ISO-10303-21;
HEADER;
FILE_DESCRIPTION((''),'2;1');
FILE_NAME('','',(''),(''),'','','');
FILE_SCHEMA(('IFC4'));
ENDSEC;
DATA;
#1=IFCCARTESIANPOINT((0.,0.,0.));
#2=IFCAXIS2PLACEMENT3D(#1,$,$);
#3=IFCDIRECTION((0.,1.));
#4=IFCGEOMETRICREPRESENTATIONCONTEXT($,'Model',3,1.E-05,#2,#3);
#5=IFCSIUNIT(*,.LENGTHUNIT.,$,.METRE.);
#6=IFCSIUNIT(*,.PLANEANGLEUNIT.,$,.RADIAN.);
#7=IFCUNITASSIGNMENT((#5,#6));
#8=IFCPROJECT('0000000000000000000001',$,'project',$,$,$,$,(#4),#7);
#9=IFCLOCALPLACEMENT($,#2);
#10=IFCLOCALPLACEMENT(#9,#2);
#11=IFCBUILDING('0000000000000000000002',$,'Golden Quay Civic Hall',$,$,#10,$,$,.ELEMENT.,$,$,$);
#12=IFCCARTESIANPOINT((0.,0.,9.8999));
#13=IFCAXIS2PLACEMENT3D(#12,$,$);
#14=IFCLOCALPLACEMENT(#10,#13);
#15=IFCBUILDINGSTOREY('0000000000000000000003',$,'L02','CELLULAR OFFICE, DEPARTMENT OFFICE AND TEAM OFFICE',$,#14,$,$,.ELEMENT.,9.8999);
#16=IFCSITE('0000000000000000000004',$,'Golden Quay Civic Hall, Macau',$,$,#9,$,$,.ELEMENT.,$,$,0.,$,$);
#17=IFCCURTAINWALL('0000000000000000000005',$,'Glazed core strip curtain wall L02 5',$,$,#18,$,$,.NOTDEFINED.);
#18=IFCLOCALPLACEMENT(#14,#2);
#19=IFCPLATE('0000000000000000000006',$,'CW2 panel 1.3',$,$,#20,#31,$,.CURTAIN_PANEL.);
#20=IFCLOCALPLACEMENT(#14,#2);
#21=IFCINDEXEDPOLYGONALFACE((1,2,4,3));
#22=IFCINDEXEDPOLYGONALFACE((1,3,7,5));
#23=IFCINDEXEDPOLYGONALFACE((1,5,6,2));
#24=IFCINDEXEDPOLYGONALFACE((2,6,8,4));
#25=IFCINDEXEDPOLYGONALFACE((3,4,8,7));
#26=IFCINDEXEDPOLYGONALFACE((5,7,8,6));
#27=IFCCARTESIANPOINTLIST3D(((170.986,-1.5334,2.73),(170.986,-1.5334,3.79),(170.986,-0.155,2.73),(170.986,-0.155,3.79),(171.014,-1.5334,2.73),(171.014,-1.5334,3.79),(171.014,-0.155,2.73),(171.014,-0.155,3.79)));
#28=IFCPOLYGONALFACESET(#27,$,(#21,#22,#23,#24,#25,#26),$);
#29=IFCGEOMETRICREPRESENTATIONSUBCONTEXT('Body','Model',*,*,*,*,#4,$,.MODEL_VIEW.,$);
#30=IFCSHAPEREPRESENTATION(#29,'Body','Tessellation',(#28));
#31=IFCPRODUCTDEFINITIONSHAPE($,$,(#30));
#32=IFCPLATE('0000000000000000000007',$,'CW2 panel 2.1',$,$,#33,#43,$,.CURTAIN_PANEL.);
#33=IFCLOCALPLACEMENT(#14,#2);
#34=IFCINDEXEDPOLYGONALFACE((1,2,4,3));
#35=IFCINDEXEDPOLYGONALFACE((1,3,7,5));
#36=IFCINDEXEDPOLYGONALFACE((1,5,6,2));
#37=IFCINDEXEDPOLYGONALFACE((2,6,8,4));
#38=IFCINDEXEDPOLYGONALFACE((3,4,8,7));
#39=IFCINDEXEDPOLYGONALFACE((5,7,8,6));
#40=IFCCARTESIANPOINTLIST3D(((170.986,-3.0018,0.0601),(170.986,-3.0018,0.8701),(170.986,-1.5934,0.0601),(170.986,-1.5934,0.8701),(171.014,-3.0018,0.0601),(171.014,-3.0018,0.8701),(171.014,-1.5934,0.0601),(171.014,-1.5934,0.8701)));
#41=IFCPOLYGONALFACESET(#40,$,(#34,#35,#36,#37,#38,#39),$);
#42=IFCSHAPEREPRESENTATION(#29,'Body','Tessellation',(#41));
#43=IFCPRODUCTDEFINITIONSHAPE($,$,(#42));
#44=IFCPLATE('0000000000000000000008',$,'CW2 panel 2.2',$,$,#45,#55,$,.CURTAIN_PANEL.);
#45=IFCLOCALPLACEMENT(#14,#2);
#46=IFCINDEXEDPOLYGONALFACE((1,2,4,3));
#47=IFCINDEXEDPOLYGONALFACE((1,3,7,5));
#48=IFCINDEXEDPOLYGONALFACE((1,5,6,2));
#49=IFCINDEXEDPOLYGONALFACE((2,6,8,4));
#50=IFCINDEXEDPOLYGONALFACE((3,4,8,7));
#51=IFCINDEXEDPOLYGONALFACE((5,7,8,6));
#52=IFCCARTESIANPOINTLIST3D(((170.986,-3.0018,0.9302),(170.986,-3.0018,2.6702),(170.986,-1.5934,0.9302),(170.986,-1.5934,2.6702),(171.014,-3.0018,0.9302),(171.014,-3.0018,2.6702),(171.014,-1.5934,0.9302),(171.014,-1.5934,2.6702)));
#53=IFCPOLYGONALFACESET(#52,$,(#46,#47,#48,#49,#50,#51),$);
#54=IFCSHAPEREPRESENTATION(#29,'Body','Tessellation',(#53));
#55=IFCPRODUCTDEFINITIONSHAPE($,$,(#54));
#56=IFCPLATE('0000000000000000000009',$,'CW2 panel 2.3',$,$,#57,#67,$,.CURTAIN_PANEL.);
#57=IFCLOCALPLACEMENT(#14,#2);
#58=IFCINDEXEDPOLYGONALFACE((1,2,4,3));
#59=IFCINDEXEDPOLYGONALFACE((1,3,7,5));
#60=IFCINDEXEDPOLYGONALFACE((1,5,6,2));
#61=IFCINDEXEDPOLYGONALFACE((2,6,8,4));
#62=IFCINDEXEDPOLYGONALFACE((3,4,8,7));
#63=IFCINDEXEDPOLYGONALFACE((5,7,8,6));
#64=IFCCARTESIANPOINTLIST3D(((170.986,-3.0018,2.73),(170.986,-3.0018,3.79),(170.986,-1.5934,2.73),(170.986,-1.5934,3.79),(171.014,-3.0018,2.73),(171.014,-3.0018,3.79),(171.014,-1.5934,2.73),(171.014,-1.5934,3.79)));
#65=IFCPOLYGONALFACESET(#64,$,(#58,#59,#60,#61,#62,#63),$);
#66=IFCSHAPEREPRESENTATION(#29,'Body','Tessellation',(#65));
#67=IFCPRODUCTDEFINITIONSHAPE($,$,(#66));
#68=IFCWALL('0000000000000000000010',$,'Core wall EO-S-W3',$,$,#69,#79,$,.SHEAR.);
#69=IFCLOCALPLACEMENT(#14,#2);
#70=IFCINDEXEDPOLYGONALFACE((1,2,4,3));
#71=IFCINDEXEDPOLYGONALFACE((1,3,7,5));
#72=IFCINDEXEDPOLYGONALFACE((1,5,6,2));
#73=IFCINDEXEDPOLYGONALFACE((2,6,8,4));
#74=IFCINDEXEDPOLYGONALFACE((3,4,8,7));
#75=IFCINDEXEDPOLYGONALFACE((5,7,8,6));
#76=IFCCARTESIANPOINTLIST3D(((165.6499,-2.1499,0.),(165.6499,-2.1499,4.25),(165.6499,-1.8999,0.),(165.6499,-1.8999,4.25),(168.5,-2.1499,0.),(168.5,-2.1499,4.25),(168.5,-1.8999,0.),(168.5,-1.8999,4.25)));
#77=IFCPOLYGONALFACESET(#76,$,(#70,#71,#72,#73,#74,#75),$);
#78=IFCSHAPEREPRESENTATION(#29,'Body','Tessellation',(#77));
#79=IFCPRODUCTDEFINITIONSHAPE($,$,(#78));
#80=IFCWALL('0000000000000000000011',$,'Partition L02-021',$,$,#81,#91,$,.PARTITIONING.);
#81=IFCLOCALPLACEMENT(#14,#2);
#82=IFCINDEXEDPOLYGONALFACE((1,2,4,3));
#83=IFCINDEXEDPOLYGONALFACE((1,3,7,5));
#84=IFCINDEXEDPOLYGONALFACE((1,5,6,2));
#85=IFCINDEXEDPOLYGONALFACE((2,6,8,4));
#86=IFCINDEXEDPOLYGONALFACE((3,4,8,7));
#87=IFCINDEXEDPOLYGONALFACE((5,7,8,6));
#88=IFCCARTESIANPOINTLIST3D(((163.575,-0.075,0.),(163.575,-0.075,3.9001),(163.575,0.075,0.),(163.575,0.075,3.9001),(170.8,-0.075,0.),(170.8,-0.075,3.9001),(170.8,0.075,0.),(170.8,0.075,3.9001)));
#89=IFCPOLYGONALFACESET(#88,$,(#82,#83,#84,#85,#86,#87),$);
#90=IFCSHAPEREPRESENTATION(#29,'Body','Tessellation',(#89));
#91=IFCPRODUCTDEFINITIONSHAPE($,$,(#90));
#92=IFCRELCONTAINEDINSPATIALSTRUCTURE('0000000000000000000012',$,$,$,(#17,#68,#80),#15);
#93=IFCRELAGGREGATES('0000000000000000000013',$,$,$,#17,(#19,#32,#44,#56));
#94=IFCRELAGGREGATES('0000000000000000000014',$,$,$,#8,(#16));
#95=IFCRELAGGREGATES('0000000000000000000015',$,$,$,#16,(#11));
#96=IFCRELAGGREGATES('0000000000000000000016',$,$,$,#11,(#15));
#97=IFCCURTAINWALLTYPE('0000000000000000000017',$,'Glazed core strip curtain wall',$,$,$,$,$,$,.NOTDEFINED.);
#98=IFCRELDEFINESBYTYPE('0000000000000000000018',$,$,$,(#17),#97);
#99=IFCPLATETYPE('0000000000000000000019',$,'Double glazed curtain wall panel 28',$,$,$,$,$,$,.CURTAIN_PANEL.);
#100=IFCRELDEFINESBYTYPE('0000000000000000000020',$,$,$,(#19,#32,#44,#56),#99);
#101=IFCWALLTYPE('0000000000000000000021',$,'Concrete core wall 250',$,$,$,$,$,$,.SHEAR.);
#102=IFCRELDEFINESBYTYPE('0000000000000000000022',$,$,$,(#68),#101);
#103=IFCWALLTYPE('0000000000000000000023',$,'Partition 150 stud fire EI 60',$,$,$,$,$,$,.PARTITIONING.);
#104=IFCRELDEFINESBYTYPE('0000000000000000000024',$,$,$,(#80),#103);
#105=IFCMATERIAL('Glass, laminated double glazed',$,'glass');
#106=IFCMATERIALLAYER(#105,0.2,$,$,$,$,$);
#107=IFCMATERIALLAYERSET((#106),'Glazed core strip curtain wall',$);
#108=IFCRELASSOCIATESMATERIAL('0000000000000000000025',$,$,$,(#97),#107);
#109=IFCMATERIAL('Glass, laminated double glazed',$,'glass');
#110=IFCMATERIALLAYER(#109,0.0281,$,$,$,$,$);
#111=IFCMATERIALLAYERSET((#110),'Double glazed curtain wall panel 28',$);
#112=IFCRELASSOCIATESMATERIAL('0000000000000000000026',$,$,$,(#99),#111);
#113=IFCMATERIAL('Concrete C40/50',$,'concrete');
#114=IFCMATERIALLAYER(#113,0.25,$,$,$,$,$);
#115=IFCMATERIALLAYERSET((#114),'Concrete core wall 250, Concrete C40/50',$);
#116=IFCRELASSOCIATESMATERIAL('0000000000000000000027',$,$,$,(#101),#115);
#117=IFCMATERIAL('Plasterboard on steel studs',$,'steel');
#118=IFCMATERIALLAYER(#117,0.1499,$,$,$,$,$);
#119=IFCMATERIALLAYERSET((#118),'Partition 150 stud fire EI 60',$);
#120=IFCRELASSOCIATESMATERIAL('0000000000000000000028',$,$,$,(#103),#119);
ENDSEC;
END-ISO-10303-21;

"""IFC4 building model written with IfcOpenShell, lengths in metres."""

from ifc_helpers import new_model, si_unit, direction, frame, frame_2d, origin, origin_2d, place, context, subcontext, project, spatial, rectangle, extrude, material, layer, layer_set, type_object, element, aggregate, save


model = new_model("IFC4")

# Units and contexts
model_context = context("Model", 3, precision=1e-05, world=origin(), true_north=direction((0.0, 1.0)))
body_context = subcontext(model_context, "Body", "Model", "MODEL_VIEW")
ifc_project = project(units=[si_unit("LENGTHUNIT", "METRE"), si_unit("PLANEANGLEUNIT", "RADIAN")], contexts=[model_context])

# Site, building, storey
site_placement = place(None, origin())
site = spatial("IfcSite", under=ifc_project, at=site_placement, Name="Golden Quay Civic Hall, Macau", CompositionType="ELEMENT", RefElevation=0.0)
building_placement = place(site_placement, origin())
building = spatial("IfcBuilding", under=site, at=building_placement, Name="Golden Quay Civic Hall", CompositionType="ELEMENT")
storey_placement = place(building_placement, frame((0.0, 0.0, 9.8999)))
storey = spatial("IfcBuildingStorey", under=building, at=storey_placement, Name="L02", Description="CELLULAR OFFICE, DEPARTMENT OFFICE AND TEAM OFFICE", CompositionType="ELEMENT", Elevation=9.8999)

# Curtain wall
ifc_material_1 = material(Name="Glass, laminated double glazed", Category="glass")
ifc_layer_1 = layer(ifc_material_1, 0.2)
ifc_layer_set_1 = layer_set([ifc_layer_1], Name="Glazed core strip curtain wall")
curtain_wall_type = type_object("IfcCurtainWallType", Name="Glazed core strip curtain wall", PredefinedType="NOTDEFINED", material=ifc_layer_set_1)
curtain_wall_placement = place(storey_placement, origin())
curtain_wall = element("IfcCurtainWall", 1, at=curtain_wall_placement, inside=storey, type_object=curtain_wall_type, Name="Glazed core strip curtain wall L02 5", PredefinedType="NOTDEFINED")

# Plates
ifc_material_2 = material(Name="Glass, laminated double glazed", Category="glass")
ifc_layer_2 = layer(ifc_material_2, 0.0281)
ifc_layer_set_2 = layer_set([ifc_layer_2], Name="Double glazed curtain wall panel 28")
plate_type = type_object("IfcPlateType", Name="Double glazed curtain wall panel 28", PredefinedType="CURTAIN_PANEL", material=ifc_layer_set_2)
plate_1_placement = place(storey_placement, frame((171.0, -0.8442, 2.73), z_axis=(0.0, 0.0, 1.0), x_axis=(0.0, -1.0, 0.0)))
plate_1 = element("IfcPlate", 2, at=plate_1_placement, type_object=plate_type, Name="CW2 panel 1.3", PredefinedType="CURTAIN_PANEL", context=body_context, shape_type="SweptSolid", body=[
    extrude(rectangle(XDim=1.3784, YDim=0.0281, at=origin_2d()), origin(), (0.0, 0.0, 1.0), 1.0601),
])
plate_2_placement = place(storey_placement, frame((171.0, -2.2976, 0.0601), z_axis=(0.0, 0.0, 1.0), x_axis=(0.0, -1.0, 0.0)))
plate_2 = element("IfcPlate", 3, at=plate_2_placement, type_object=plate_type, Name="CW2 panel 2.1", PredefinedType="CURTAIN_PANEL", context=body_context, shape_type="SweptSolid", body=[
    extrude(rectangle(XDim=1.4084, YDim=0.0281, at=origin_2d()), origin(), (0.0, 0.0, 1.0), 0.8101),
])
plate_3_placement = place(storey_placement, frame((171.0, -2.2976, 0.9302), z_axis=(0.0, 0.0, 1.0), x_axis=(0.0, -1.0, 0.0)))
plate_3 = element("IfcPlate", 4, at=plate_3_placement, type_object=plate_type, Name="CW2 panel 2.2", PredefinedType="CURTAIN_PANEL", context=body_context, shape_type="SweptSolid", body=[
    extrude(rectangle(XDim=1.4084, YDim=0.0281, at=origin_2d()), origin(), (0.0, 0.0, 1.0), 1.74),
])
plate_4_placement = place(storey_placement, frame((171.0, -2.2976, 2.73), z_axis=(0.0, 0.0, 1.0), x_axis=(0.0, -1.0, 0.0)))
plate_4 = element("IfcPlate", 5, at=plate_4_placement, type_object=plate_type, Name="CW2 panel 2.3", PredefinedType="CURTAIN_PANEL", context=body_context, shape_type="SweptSolid", body=[
    extrude(rectangle(XDim=1.4084, YDim=0.0281, at=origin_2d()), origin(), (0.0, 0.0, 1.0), 1.0601),
])
aggregate(curtain_wall, [plate_1, plate_2, plate_3, plate_4])

# Walls
ifc_material_3 = material(Name="Concrete C40/50", Category="concrete")
ifc_layer_3 = layer(ifc_material_3, 0.25)
ifc_layer_set_3 = layer_set([ifc_layer_3], Name="Concrete core wall 250, Concrete C40/50")
wall_type_1 = type_object("IfcWallType", Name="Concrete core wall 250", PredefinedType="SHEAR", material=ifc_layer_set_3)
wall_1_placement = place(storey_placement, frame((165.6499, -2.0249, 0.0), z_axis=(0.0, 0.0, 1.0), x_axis=(1.0, 0.0, 0.0)))
element("IfcWall", 6, at=wall_1_placement, inside=storey, type_object=wall_type_1, Name="Core wall EO-S-W3", PredefinedType="SHEAR", context=body_context, shape_type="SweptSolid", body=[
    extrude(rectangle(XDim=2.8501, YDim=0.25, at=frame_2d((1.425, 0.0))), origin(), (0.0, 0.0, 1.0), 4.25),
])
ifc_material_4 = material(Name="Plasterboard on steel studs", Category="steel")
ifc_layer_4 = layer(ifc_material_4, 0.1499)
ifc_layer_set_4 = layer_set([ifc_layer_4], Name="Partition 150 stud fire EI 60")
wall_type_2 = type_object("IfcWallType", Name="Partition 150 stud fire EI 60", PredefinedType="PARTITIONING", material=ifc_layer_set_4)
wall_2_placement = place(storey_placement, frame((163.575, 0.0, 0.0), z_axis=(0.0, 0.0, 1.0), x_axis=(1.0, 0.0, 0.0)))
element("IfcWall", 7, at=wall_2_placement, inside=storey, type_object=wall_type_2, Name="Partition L02-021", PredefinedType="PARTITIONING", context=body_context, shape_type="SweptSolid", body=[
    extrude(rectangle(XDim=7.2251, YDim=0.1499, at=frame_2d((3.6125, 0.0))), origin(), (0.0, 0.0, 1.0), 3.9001),
])

save(model, "model.ifc")
